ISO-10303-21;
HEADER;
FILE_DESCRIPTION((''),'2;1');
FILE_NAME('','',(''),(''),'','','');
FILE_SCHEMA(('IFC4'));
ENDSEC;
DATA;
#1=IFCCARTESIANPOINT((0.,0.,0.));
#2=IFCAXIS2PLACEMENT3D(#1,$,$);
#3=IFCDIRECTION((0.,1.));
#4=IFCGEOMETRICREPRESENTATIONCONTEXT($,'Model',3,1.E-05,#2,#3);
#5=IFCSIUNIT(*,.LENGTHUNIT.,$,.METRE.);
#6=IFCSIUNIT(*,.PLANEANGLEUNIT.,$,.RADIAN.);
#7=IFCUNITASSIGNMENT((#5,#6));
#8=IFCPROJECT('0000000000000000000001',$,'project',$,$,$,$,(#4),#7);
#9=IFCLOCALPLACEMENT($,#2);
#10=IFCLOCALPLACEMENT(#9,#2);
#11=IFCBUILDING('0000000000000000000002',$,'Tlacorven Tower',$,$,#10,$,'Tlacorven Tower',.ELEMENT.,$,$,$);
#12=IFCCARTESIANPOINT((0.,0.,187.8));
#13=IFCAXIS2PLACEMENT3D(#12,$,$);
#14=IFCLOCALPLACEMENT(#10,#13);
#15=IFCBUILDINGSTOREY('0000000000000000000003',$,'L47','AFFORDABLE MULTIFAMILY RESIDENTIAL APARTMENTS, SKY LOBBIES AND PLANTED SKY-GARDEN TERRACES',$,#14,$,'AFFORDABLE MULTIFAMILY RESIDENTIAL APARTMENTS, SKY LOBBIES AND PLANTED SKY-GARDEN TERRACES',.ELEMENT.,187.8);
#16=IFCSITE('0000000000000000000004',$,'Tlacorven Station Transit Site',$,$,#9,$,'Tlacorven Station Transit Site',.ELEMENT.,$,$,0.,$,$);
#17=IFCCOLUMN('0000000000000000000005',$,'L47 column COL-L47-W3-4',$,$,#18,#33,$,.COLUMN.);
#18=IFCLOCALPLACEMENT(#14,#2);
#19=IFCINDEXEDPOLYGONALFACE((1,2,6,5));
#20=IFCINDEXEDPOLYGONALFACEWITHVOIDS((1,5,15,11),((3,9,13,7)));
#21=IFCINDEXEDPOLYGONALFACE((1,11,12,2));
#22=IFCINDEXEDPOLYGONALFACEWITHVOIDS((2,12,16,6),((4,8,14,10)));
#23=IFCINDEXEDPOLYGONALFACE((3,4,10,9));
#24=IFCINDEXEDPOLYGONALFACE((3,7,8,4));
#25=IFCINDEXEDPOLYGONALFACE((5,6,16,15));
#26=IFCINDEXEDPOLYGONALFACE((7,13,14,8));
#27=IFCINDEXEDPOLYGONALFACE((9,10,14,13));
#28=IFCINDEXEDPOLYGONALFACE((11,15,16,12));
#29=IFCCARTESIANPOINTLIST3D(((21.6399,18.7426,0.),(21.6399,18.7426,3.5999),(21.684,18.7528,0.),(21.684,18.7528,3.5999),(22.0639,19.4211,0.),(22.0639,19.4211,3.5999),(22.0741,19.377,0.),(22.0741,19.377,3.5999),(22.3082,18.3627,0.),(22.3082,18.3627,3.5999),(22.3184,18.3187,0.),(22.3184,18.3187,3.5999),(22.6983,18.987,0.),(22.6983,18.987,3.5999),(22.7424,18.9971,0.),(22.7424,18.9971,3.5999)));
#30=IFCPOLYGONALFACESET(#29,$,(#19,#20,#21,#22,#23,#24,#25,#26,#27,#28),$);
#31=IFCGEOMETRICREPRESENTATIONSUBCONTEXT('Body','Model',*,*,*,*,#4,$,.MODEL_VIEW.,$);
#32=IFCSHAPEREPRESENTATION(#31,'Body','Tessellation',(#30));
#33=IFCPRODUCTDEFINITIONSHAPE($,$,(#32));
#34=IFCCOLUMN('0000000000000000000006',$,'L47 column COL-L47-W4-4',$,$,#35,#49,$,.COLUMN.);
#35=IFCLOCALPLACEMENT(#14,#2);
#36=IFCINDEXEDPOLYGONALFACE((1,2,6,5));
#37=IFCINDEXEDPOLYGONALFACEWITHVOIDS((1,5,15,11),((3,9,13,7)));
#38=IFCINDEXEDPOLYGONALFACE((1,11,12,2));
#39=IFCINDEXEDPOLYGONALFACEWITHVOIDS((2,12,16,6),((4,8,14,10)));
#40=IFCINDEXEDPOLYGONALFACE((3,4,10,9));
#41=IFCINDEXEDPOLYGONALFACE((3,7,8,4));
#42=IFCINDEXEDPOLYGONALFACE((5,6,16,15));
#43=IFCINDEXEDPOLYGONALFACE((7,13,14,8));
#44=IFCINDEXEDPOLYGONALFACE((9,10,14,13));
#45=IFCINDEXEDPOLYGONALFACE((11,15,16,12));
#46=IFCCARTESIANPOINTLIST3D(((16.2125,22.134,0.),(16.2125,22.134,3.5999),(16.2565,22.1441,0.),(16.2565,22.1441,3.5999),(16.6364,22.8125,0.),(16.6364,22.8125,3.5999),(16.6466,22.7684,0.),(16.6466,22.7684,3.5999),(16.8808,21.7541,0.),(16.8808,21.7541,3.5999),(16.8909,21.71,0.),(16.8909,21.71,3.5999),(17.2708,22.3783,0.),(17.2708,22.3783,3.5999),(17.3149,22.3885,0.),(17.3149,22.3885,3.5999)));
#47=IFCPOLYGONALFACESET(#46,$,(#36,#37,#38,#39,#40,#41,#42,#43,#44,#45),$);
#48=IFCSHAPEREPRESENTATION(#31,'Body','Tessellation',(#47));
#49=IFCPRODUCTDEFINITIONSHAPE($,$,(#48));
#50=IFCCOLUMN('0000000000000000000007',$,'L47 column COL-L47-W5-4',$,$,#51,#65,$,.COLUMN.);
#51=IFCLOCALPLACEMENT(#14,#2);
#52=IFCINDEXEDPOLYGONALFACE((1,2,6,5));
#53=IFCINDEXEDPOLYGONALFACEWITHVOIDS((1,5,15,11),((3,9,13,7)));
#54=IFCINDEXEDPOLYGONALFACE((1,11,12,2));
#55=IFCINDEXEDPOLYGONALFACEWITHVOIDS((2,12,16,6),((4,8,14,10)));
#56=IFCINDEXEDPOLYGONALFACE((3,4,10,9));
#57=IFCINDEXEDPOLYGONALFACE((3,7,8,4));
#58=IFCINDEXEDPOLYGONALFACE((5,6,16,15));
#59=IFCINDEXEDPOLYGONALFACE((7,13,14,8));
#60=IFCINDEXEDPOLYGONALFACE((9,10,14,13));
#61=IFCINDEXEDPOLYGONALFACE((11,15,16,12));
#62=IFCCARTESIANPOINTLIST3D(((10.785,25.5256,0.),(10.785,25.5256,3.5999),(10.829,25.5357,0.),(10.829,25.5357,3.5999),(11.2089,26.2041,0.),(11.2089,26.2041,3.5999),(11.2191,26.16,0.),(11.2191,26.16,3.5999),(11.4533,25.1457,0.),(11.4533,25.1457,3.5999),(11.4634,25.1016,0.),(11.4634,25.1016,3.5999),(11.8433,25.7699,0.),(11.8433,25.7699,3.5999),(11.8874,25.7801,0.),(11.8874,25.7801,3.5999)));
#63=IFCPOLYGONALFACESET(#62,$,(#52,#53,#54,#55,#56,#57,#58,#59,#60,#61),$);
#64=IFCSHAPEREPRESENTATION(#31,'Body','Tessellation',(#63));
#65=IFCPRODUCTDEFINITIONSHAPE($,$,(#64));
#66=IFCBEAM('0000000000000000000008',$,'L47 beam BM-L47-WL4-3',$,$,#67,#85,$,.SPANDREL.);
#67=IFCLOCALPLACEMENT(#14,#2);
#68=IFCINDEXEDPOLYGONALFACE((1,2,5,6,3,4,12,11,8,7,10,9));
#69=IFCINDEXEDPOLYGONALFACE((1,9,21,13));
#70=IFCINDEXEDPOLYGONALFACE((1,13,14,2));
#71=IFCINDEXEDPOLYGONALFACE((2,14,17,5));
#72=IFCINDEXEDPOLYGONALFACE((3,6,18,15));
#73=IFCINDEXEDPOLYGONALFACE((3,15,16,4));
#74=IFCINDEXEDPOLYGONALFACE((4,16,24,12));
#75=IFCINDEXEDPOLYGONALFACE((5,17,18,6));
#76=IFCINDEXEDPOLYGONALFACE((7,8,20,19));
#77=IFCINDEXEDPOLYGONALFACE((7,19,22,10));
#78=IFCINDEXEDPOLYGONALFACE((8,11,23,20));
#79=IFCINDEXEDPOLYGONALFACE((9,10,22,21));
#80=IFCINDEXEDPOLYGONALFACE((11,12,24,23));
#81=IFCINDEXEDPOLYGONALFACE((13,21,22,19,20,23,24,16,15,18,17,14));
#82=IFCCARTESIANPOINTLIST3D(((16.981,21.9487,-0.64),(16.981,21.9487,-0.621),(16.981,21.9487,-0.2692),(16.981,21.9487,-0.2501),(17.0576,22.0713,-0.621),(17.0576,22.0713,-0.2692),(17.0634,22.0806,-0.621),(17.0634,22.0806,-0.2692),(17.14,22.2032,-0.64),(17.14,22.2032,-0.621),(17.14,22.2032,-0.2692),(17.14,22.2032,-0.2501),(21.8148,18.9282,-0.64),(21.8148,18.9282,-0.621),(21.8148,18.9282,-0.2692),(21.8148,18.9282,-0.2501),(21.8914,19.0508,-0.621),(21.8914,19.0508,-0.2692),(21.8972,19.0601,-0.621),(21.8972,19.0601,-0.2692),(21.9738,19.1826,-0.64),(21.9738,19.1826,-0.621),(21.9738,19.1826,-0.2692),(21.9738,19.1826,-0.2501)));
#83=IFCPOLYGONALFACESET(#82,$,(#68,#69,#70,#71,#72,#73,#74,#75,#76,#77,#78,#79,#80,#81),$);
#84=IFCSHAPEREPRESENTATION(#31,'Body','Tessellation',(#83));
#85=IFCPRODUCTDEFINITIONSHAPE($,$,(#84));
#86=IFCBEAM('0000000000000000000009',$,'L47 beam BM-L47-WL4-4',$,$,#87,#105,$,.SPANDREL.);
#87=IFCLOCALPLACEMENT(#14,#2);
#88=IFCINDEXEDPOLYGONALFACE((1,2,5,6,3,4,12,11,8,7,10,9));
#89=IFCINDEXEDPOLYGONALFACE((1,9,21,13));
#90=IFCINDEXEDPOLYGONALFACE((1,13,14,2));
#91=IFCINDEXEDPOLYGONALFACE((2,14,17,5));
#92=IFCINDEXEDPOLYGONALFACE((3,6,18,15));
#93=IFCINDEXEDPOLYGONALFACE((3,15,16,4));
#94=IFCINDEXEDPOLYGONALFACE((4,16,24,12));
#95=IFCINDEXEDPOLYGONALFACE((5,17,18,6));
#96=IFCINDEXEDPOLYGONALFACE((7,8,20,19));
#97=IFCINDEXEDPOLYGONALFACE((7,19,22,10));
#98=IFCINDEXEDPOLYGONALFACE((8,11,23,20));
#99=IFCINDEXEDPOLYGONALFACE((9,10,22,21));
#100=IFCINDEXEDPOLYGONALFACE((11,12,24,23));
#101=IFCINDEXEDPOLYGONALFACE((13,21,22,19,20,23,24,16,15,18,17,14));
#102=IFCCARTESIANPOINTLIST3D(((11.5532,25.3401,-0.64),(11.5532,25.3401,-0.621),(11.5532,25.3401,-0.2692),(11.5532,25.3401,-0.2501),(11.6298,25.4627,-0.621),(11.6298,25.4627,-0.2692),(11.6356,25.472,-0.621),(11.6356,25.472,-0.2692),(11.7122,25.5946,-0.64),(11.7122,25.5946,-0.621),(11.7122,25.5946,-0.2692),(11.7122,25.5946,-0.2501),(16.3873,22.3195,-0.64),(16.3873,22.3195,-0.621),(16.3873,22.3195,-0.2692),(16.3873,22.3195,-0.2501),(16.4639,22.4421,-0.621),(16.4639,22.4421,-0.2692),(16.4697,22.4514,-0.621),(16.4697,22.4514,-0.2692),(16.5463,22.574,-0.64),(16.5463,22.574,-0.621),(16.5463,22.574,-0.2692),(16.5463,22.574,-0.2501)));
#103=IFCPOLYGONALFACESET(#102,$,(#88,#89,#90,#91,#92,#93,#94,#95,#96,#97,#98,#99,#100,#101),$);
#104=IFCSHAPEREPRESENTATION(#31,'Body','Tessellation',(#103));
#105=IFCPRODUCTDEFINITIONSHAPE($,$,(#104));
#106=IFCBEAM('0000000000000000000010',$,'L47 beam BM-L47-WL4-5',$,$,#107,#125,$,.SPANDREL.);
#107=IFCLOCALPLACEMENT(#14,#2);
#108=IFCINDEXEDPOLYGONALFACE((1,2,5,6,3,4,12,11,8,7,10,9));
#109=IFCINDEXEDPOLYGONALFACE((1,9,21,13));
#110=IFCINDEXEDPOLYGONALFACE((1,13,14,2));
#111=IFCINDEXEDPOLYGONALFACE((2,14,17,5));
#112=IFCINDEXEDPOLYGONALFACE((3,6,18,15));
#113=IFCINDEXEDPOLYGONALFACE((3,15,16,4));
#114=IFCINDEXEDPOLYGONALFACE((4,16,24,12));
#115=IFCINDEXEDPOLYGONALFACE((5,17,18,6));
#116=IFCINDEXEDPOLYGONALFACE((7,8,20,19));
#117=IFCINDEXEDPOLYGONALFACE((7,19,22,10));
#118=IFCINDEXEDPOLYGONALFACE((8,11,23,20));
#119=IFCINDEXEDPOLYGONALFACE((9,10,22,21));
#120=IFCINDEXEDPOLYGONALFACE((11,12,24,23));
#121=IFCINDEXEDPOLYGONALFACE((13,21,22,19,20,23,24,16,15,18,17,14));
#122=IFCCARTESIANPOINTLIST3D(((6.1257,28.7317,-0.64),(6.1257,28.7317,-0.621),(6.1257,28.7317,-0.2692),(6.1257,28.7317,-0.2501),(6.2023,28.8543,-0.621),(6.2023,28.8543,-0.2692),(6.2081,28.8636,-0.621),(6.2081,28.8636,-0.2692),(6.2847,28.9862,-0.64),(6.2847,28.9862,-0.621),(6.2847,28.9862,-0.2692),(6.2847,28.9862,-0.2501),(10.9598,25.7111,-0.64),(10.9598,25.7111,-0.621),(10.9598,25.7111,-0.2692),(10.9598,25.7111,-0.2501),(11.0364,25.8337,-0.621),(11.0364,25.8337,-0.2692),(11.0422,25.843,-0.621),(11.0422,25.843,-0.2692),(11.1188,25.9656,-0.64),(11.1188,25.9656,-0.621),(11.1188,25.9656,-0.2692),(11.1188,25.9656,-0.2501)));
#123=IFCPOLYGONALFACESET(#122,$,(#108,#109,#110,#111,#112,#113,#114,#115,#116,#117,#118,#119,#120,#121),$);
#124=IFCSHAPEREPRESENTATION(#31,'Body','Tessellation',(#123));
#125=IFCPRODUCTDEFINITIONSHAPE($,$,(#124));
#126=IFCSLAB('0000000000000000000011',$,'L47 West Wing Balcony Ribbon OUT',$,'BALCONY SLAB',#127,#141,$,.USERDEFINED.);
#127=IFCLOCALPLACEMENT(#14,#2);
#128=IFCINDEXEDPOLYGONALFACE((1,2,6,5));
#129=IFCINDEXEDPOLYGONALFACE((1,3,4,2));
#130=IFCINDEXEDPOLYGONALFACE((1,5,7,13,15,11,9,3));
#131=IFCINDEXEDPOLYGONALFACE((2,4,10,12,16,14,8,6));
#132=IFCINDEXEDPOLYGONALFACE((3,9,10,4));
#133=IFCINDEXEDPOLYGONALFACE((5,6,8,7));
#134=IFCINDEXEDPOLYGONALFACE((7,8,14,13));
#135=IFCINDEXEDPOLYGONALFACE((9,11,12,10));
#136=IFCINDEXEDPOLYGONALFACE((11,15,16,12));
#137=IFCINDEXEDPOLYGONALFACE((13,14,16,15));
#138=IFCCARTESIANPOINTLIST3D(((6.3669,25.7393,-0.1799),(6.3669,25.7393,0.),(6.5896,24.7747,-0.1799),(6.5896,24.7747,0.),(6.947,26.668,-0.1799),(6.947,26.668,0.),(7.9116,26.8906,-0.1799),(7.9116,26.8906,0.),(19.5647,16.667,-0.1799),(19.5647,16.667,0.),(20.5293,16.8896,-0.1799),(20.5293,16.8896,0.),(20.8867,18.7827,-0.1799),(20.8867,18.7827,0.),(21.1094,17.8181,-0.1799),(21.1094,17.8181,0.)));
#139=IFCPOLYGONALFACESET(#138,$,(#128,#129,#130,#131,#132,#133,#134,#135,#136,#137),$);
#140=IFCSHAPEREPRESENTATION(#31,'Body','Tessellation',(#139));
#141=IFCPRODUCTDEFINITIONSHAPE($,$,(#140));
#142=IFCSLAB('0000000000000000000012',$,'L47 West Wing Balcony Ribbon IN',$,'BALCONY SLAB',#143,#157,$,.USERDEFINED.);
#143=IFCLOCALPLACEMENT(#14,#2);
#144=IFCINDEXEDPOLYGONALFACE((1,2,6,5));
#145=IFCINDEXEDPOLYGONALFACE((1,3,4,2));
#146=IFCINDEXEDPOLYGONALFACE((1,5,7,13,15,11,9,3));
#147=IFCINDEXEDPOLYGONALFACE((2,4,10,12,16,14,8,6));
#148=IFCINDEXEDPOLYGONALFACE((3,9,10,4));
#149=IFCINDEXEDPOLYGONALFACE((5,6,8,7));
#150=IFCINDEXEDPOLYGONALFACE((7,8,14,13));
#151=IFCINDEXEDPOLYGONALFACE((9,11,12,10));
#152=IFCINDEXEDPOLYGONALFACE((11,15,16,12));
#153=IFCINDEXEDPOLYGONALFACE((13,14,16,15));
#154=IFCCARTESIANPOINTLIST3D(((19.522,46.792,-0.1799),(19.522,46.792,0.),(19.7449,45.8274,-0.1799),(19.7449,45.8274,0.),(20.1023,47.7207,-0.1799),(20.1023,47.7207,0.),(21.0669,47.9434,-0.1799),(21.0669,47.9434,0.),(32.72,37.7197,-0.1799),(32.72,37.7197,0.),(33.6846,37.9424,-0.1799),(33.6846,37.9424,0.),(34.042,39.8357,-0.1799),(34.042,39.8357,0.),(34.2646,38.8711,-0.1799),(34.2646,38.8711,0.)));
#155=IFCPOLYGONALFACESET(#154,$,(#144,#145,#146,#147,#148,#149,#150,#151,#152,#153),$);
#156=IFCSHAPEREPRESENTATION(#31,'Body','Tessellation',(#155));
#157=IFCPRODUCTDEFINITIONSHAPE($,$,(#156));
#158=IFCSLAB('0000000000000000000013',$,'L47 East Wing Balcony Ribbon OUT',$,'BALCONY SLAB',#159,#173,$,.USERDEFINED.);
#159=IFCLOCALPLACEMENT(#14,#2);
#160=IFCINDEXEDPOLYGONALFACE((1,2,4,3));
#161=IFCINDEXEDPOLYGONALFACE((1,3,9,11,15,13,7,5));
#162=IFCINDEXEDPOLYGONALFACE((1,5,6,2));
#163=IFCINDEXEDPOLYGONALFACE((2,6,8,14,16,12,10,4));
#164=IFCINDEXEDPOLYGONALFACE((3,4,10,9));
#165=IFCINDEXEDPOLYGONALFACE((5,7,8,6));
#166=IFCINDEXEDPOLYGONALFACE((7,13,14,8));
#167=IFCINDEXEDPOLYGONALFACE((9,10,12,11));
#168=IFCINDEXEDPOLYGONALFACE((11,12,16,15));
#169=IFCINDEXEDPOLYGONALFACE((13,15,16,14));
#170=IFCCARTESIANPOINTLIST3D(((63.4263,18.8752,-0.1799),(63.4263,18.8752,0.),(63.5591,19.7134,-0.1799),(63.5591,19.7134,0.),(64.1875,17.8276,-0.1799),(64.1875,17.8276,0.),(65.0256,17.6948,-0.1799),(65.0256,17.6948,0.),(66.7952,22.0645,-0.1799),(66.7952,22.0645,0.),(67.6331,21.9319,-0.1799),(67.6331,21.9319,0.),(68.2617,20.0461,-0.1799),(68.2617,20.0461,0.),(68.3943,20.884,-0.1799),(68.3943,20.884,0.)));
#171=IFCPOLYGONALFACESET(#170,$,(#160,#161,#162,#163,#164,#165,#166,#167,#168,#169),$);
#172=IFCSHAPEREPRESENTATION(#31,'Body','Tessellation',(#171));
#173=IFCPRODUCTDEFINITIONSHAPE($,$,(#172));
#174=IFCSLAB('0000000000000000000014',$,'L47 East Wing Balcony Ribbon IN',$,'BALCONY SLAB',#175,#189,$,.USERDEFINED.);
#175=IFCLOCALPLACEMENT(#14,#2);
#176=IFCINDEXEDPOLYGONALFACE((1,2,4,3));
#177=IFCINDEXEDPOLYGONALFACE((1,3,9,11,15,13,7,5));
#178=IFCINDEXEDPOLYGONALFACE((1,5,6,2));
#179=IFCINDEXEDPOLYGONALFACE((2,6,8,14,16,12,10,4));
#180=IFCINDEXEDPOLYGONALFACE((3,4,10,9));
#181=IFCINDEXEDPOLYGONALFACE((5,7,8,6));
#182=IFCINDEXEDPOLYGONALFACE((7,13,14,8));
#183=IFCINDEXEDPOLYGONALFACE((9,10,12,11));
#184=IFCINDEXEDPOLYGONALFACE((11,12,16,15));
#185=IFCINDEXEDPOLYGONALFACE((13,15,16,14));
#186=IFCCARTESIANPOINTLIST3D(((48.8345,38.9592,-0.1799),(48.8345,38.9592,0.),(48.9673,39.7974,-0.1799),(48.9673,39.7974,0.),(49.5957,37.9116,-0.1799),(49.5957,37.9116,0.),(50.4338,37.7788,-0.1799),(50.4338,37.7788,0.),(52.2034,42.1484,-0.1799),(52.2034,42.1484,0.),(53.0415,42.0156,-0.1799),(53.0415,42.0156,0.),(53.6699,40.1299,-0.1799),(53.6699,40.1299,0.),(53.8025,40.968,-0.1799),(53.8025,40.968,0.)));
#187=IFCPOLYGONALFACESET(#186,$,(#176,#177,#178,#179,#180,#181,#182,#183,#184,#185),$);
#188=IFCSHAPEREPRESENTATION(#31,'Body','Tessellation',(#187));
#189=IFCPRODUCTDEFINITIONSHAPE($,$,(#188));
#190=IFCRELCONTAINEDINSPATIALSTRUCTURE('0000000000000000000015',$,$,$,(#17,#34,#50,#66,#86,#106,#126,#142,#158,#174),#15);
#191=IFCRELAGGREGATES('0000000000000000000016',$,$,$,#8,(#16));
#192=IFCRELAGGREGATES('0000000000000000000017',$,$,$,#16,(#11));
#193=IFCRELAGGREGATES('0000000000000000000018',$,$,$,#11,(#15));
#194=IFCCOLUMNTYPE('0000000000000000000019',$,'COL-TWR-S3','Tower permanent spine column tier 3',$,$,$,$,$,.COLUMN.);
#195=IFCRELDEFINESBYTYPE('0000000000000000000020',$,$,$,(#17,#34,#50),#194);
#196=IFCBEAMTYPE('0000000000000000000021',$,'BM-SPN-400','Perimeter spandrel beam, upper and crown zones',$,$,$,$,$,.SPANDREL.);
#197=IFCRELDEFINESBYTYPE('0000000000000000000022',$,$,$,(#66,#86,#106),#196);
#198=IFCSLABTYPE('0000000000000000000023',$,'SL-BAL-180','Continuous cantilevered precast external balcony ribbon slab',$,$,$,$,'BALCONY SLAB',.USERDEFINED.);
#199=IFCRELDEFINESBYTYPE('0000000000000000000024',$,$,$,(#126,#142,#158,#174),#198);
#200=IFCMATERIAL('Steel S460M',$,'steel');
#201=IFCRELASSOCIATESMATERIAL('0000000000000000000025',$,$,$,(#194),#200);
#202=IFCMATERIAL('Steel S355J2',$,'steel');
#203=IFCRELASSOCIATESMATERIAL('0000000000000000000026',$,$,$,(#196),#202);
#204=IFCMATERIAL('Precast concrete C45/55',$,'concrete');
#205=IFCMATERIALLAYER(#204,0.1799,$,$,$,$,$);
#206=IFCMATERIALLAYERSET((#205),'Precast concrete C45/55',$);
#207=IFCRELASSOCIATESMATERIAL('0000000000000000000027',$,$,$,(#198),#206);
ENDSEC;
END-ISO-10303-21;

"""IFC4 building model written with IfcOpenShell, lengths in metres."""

from ifc_helpers import new_model, si_unit, direction, frame, origin, origin_2d, place, context, subcontext, project, spatial, polyline, hollow_rectangle, i_section, outline, extrude, source, transform, mapped, material, layer, layer_set, material_profile, profile_set, type_object, element, save


model = new_model("IFC4")

# Units and contexts
model_context = context("Model", 3, precision=1e-05, world=origin(), true_north=direction((0.0, 1.0)))
body_context = subcontext(model_context, "Body", "Model", "MODEL_VIEW")
ifc_project = project(units=[si_unit("LENGTHUNIT", "METRE"), si_unit("PLANEANGLEUNIT", "RADIAN")], contexts=[model_context])

# Site, building, storey
site_placement = place(None, origin())
site = spatial("IfcSite", under=ifc_project, at=site_placement, Name="Tlacorven Station Transit Site", LongName="Tlacorven Station Transit Site", CompositionType="ELEMENT", RefElevation=0.0)
building_placement = place(site_placement, origin())
building = spatial("IfcBuilding", under=site, at=building_placement, Name="Tlacorven Tower", LongName="Tlacorven Tower", CompositionType="ELEMENT")
storey_placement = place(building_placement, frame((0.0, 0.0, 187.8)))
storey = spatial("IfcBuildingStorey", under=building, at=storey_placement, Name="L47", Description="AFFORDABLE MULTIFAMILY RESIDENTIAL APARTMENTS, SKY LOBBIES AND PLANTED SKY-GARDEN TERRACES", LongName="AFFORDABLE MULTIFAMILY RESIDENTIAL APARTMENTS, SKY LOBBIES AND PLANTED SKY-GARDEN TERRACES", CompositionType="ELEMENT", Elevation=187.8)

# Columns
ifc_material_1 = material(Name="Steel S460M", Category="steel")
ifc_material_profile_1 = material_profile(ifc_material_1, hollow_rectangle(XDim=0.8, YDim=0.8, WallThickness=0.032, at=origin_2d()), Name="BOX 800X800X32")
ifc_profile_set_1 = profile_set([ifc_material_profile_1], Name="Steel S460M")
column_type = type_object("IfcColumnType", Name="COL-TWR-S3", Description="Tower permanent spine column tier 3", PredefinedType="COLUMN", material=ifc_profile_set_1)
shared_shape_1 = source(origin(), body_context, "Body", "SweptSolid", [
    extrude(hollow_rectangle(XDim=0.8, YDim=0.8, WallThickness=0.032, at=origin_2d()), origin(), (0.0, 0.0, 1.0), 3.5999),
])
for number, where, z_axis, x_axis, name in (
    (1, (22.1912, 18.8699, 0.0), (0.0, 0.0, 1.0), (-0.848048, 0.529919, 0.0), "L47 column COL-L47-W3-4"),
    (2, (16.7637, 22.2612, 0.0), (0.0, 0.0, 1.0), (-0.848048, 0.529919, 0.0), "L47 column COL-L47-W4-4"),
    (3, (11.3362, 25.6528, 0.0), (0.0, 0.0, 1.0), (-0.848048, 0.529919, 0.0), "L47 column COL-L47-W5-4"),
):
    element("IfcColumn", number, at=place(storey_placement, frame(where, z_axis=z_axis, x_axis=x_axis)), inside=storey, type_object=column_type, Name=name, PredefinedType="COLUMN", context=body_context, shape_type="MappedRepresentation", body=[
        mapped(shared_shape_1, transform((0.0, 0.0, 0.0), scale=1.0)),
    ])

# Beams
ifc_material_2 = material(Name="Steel S355J2", Category="steel")
ifc_material_profile_2 = material_profile(ifc_material_2, i_section(OverallWidth=0.3, OverallDepth=0.3899, WebThickness=0.011, FlangeThickness=0.019, at=origin_2d()), Name="HEA 400")
ifc_profile_set_2 = profile_set([ifc_material_profile_2], Name="Steel S355J2")
beam_type = type_object("IfcBeamType", Name="BM-SPN-400", Description="Perimeter spandrel beam, upper and crown zones", PredefinedType="SPANDREL", material=ifc_profile_set_2)
shared_shape_2 = source(origin(), body_context, "Body", "SweptSolid", [
    extrude(i_section(OverallWidth=0.3, OverallDepth=0.3899, WebThickness=0.011, FlangeThickness=0.019, at=origin_2d()), origin(), (0.0, 0.0, 1.0), 5.7),
])
beam_placement = place(storey_placement, frame((21.8943, 19.0554, -0.4451), z_axis=(-0.848044, 0.529926, 0.0), x_axis=(-0.529926, -0.848044, 0.0)))
element("IfcBeam", 4, at=beam_placement, inside=storey, type_object=beam_type, Name="L47 beam BM-L47-WL4-3", PredefinedType="SPANDREL", context=body_context, shape_type="MappedRepresentation", body=[
    mapped(shared_shape_2, transform((0.0, 0.0, 0.0), scale=1.0)),
])
shared_shape_3 = source(origin(), body_context, "Body", "SweptSolid", [
    extrude(i_section(OverallWidth=0.3, OverallDepth=0.3899, WebThickness=0.011, FlangeThickness=0.019, at=origin_2d()), origin(), (0.0, 0.0, 1.0), 5.7002),
])
for number, where, z_axis, x_axis, name in (
    (5, (16.4668, 22.4468, -0.4451), (-0.848056, 0.529907, 0.0), (-0.529907, -0.848056, 0.0), "L47 beam BM-L47-WL4-4"),
    (6, (11.0393, 25.8384, -0.4451), (-0.848056, 0.529907, 0.0), (-0.529907, -0.848056, 0.0), "L47 beam BM-L47-WL4-5"),
):
    element("IfcBeam", number, at=place(storey_placement, frame(where, z_axis=z_axis, x_axis=x_axis)), inside=storey, type_object=beam_type, Name=name, PredefinedType="SPANDREL", context=body_context, shape_type="MappedRepresentation", body=[
        mapped(shared_shape_3, transform((0.0, 0.0, 0.0), scale=1.0)),
    ])

# Slabs
ifc_material_3 = material(Name="Precast concrete C45/55", Category="concrete")
ifc_layer_1 = layer(ifc_material_3, 0.1799)
ifc_layer_set_1 = layer_set([ifc_layer_1], Name="Precast concrete C45/55")
slab_type_1 = type_object("IfcSlabType", Name="SL-BAL-180", Description="Continuous cantilevered precast external balcony ribbon slab", ElementType="BALCONY SLAB", PredefinedType="USERDEFINED", material=ifc_layer_set_1)
slab_1_placement = place(storey_placement, frame((0.0, 0.0, -0.1799)))
element("IfcSlab", 7, at=slab_1_placement, inside=storey, type_object=slab_type_1, Name="L47 West Wing Balcony Ribbon OUT", ObjectType="BALCONY SLAB", PredefinedType="USERDEFINED", context=body_context, shape_type="SweptSolid", body=[
    extrude(outline(polyline([(20.8867, 18.7827), (7.9116, 26.8906), (6.947, 26.668), (6.3669, 25.7393), (6.5896, 24.7747), (19.5647, 16.667), (20.5293, 16.8896), (21.1094, 17.8181), (20.8867, 18.7827)])), origin(), (0.0, 0.0, 1.0), 0.1799),
])
slab_2_placement = place(storey_placement, frame((0.0, 0.0, -0.1799)))
element("IfcSlab", 8, at=slab_2_placement, inside=storey, type_object=slab_type_1, Name="L47 West Wing Balcony Ribbon IN", ObjectType="BALCONY SLAB", PredefinedType="USERDEFINED", context=body_context, shape_type="SweptSolid", body=[
    extrude(outline(polyline([(34.042, 39.8357), (21.0669, 47.9434), (20.1023, 47.7207), (19.522, 46.792), (19.7449, 45.8274), (32.72, 37.7197), (33.6846, 37.9424), (34.2646, 38.8711), (34.042, 39.8357)])), origin(), (0.0, 0.0, 1.0), 0.1799),
])
slab_3_placement = place(storey_placement, frame((0.0, 0.0, -0.1799)))
element("IfcSlab", 9, at=slab_3_placement, inside=storey, type_object=slab_type_1, Name="L47 East Wing Balcony Ribbon OUT", ObjectType="BALCONY SLAB", PredefinedType="USERDEFINED", context=body_context, shape_type="SweptSolid", body=[
    extrude(outline(polyline([(65.0256, 17.6948), (68.2617, 20.0461), (68.3943, 20.884), (67.6331, 21.9319), (66.7952, 22.0645), (63.5591, 19.7134), (63.4263, 18.8752), (64.1875, 17.8276), (65.0256, 17.6948)])), origin(), (0.0, 0.0, 1.0), 0.1799),
])
slab_4_placement = place(storey_placement, frame((0.0, 0.0, -0.1799)))
element("IfcSlab", 10, at=slab_4_placement, inside=storey, type_object=slab_type_1, Name="L47 East Wing Balcony Ribbon IN", ObjectType="BALCONY SLAB", PredefinedType="USERDEFINED", context=body_context, shape_type="SweptSolid", body=[
    extrude(outline(polyline([(50.4338, 37.7788), (53.6699, 40.1299), (53.8025, 40.968), (53.0415, 42.0156), (52.2034, 42.1484), (48.9673, 39.7974), (48.8345, 38.9592), (49.5957, 37.9116), (50.4338, 37.7788)])), origin(), (0.0, 0.0, 1.0), 0.1799),
])

save(model, "model.ifc")
